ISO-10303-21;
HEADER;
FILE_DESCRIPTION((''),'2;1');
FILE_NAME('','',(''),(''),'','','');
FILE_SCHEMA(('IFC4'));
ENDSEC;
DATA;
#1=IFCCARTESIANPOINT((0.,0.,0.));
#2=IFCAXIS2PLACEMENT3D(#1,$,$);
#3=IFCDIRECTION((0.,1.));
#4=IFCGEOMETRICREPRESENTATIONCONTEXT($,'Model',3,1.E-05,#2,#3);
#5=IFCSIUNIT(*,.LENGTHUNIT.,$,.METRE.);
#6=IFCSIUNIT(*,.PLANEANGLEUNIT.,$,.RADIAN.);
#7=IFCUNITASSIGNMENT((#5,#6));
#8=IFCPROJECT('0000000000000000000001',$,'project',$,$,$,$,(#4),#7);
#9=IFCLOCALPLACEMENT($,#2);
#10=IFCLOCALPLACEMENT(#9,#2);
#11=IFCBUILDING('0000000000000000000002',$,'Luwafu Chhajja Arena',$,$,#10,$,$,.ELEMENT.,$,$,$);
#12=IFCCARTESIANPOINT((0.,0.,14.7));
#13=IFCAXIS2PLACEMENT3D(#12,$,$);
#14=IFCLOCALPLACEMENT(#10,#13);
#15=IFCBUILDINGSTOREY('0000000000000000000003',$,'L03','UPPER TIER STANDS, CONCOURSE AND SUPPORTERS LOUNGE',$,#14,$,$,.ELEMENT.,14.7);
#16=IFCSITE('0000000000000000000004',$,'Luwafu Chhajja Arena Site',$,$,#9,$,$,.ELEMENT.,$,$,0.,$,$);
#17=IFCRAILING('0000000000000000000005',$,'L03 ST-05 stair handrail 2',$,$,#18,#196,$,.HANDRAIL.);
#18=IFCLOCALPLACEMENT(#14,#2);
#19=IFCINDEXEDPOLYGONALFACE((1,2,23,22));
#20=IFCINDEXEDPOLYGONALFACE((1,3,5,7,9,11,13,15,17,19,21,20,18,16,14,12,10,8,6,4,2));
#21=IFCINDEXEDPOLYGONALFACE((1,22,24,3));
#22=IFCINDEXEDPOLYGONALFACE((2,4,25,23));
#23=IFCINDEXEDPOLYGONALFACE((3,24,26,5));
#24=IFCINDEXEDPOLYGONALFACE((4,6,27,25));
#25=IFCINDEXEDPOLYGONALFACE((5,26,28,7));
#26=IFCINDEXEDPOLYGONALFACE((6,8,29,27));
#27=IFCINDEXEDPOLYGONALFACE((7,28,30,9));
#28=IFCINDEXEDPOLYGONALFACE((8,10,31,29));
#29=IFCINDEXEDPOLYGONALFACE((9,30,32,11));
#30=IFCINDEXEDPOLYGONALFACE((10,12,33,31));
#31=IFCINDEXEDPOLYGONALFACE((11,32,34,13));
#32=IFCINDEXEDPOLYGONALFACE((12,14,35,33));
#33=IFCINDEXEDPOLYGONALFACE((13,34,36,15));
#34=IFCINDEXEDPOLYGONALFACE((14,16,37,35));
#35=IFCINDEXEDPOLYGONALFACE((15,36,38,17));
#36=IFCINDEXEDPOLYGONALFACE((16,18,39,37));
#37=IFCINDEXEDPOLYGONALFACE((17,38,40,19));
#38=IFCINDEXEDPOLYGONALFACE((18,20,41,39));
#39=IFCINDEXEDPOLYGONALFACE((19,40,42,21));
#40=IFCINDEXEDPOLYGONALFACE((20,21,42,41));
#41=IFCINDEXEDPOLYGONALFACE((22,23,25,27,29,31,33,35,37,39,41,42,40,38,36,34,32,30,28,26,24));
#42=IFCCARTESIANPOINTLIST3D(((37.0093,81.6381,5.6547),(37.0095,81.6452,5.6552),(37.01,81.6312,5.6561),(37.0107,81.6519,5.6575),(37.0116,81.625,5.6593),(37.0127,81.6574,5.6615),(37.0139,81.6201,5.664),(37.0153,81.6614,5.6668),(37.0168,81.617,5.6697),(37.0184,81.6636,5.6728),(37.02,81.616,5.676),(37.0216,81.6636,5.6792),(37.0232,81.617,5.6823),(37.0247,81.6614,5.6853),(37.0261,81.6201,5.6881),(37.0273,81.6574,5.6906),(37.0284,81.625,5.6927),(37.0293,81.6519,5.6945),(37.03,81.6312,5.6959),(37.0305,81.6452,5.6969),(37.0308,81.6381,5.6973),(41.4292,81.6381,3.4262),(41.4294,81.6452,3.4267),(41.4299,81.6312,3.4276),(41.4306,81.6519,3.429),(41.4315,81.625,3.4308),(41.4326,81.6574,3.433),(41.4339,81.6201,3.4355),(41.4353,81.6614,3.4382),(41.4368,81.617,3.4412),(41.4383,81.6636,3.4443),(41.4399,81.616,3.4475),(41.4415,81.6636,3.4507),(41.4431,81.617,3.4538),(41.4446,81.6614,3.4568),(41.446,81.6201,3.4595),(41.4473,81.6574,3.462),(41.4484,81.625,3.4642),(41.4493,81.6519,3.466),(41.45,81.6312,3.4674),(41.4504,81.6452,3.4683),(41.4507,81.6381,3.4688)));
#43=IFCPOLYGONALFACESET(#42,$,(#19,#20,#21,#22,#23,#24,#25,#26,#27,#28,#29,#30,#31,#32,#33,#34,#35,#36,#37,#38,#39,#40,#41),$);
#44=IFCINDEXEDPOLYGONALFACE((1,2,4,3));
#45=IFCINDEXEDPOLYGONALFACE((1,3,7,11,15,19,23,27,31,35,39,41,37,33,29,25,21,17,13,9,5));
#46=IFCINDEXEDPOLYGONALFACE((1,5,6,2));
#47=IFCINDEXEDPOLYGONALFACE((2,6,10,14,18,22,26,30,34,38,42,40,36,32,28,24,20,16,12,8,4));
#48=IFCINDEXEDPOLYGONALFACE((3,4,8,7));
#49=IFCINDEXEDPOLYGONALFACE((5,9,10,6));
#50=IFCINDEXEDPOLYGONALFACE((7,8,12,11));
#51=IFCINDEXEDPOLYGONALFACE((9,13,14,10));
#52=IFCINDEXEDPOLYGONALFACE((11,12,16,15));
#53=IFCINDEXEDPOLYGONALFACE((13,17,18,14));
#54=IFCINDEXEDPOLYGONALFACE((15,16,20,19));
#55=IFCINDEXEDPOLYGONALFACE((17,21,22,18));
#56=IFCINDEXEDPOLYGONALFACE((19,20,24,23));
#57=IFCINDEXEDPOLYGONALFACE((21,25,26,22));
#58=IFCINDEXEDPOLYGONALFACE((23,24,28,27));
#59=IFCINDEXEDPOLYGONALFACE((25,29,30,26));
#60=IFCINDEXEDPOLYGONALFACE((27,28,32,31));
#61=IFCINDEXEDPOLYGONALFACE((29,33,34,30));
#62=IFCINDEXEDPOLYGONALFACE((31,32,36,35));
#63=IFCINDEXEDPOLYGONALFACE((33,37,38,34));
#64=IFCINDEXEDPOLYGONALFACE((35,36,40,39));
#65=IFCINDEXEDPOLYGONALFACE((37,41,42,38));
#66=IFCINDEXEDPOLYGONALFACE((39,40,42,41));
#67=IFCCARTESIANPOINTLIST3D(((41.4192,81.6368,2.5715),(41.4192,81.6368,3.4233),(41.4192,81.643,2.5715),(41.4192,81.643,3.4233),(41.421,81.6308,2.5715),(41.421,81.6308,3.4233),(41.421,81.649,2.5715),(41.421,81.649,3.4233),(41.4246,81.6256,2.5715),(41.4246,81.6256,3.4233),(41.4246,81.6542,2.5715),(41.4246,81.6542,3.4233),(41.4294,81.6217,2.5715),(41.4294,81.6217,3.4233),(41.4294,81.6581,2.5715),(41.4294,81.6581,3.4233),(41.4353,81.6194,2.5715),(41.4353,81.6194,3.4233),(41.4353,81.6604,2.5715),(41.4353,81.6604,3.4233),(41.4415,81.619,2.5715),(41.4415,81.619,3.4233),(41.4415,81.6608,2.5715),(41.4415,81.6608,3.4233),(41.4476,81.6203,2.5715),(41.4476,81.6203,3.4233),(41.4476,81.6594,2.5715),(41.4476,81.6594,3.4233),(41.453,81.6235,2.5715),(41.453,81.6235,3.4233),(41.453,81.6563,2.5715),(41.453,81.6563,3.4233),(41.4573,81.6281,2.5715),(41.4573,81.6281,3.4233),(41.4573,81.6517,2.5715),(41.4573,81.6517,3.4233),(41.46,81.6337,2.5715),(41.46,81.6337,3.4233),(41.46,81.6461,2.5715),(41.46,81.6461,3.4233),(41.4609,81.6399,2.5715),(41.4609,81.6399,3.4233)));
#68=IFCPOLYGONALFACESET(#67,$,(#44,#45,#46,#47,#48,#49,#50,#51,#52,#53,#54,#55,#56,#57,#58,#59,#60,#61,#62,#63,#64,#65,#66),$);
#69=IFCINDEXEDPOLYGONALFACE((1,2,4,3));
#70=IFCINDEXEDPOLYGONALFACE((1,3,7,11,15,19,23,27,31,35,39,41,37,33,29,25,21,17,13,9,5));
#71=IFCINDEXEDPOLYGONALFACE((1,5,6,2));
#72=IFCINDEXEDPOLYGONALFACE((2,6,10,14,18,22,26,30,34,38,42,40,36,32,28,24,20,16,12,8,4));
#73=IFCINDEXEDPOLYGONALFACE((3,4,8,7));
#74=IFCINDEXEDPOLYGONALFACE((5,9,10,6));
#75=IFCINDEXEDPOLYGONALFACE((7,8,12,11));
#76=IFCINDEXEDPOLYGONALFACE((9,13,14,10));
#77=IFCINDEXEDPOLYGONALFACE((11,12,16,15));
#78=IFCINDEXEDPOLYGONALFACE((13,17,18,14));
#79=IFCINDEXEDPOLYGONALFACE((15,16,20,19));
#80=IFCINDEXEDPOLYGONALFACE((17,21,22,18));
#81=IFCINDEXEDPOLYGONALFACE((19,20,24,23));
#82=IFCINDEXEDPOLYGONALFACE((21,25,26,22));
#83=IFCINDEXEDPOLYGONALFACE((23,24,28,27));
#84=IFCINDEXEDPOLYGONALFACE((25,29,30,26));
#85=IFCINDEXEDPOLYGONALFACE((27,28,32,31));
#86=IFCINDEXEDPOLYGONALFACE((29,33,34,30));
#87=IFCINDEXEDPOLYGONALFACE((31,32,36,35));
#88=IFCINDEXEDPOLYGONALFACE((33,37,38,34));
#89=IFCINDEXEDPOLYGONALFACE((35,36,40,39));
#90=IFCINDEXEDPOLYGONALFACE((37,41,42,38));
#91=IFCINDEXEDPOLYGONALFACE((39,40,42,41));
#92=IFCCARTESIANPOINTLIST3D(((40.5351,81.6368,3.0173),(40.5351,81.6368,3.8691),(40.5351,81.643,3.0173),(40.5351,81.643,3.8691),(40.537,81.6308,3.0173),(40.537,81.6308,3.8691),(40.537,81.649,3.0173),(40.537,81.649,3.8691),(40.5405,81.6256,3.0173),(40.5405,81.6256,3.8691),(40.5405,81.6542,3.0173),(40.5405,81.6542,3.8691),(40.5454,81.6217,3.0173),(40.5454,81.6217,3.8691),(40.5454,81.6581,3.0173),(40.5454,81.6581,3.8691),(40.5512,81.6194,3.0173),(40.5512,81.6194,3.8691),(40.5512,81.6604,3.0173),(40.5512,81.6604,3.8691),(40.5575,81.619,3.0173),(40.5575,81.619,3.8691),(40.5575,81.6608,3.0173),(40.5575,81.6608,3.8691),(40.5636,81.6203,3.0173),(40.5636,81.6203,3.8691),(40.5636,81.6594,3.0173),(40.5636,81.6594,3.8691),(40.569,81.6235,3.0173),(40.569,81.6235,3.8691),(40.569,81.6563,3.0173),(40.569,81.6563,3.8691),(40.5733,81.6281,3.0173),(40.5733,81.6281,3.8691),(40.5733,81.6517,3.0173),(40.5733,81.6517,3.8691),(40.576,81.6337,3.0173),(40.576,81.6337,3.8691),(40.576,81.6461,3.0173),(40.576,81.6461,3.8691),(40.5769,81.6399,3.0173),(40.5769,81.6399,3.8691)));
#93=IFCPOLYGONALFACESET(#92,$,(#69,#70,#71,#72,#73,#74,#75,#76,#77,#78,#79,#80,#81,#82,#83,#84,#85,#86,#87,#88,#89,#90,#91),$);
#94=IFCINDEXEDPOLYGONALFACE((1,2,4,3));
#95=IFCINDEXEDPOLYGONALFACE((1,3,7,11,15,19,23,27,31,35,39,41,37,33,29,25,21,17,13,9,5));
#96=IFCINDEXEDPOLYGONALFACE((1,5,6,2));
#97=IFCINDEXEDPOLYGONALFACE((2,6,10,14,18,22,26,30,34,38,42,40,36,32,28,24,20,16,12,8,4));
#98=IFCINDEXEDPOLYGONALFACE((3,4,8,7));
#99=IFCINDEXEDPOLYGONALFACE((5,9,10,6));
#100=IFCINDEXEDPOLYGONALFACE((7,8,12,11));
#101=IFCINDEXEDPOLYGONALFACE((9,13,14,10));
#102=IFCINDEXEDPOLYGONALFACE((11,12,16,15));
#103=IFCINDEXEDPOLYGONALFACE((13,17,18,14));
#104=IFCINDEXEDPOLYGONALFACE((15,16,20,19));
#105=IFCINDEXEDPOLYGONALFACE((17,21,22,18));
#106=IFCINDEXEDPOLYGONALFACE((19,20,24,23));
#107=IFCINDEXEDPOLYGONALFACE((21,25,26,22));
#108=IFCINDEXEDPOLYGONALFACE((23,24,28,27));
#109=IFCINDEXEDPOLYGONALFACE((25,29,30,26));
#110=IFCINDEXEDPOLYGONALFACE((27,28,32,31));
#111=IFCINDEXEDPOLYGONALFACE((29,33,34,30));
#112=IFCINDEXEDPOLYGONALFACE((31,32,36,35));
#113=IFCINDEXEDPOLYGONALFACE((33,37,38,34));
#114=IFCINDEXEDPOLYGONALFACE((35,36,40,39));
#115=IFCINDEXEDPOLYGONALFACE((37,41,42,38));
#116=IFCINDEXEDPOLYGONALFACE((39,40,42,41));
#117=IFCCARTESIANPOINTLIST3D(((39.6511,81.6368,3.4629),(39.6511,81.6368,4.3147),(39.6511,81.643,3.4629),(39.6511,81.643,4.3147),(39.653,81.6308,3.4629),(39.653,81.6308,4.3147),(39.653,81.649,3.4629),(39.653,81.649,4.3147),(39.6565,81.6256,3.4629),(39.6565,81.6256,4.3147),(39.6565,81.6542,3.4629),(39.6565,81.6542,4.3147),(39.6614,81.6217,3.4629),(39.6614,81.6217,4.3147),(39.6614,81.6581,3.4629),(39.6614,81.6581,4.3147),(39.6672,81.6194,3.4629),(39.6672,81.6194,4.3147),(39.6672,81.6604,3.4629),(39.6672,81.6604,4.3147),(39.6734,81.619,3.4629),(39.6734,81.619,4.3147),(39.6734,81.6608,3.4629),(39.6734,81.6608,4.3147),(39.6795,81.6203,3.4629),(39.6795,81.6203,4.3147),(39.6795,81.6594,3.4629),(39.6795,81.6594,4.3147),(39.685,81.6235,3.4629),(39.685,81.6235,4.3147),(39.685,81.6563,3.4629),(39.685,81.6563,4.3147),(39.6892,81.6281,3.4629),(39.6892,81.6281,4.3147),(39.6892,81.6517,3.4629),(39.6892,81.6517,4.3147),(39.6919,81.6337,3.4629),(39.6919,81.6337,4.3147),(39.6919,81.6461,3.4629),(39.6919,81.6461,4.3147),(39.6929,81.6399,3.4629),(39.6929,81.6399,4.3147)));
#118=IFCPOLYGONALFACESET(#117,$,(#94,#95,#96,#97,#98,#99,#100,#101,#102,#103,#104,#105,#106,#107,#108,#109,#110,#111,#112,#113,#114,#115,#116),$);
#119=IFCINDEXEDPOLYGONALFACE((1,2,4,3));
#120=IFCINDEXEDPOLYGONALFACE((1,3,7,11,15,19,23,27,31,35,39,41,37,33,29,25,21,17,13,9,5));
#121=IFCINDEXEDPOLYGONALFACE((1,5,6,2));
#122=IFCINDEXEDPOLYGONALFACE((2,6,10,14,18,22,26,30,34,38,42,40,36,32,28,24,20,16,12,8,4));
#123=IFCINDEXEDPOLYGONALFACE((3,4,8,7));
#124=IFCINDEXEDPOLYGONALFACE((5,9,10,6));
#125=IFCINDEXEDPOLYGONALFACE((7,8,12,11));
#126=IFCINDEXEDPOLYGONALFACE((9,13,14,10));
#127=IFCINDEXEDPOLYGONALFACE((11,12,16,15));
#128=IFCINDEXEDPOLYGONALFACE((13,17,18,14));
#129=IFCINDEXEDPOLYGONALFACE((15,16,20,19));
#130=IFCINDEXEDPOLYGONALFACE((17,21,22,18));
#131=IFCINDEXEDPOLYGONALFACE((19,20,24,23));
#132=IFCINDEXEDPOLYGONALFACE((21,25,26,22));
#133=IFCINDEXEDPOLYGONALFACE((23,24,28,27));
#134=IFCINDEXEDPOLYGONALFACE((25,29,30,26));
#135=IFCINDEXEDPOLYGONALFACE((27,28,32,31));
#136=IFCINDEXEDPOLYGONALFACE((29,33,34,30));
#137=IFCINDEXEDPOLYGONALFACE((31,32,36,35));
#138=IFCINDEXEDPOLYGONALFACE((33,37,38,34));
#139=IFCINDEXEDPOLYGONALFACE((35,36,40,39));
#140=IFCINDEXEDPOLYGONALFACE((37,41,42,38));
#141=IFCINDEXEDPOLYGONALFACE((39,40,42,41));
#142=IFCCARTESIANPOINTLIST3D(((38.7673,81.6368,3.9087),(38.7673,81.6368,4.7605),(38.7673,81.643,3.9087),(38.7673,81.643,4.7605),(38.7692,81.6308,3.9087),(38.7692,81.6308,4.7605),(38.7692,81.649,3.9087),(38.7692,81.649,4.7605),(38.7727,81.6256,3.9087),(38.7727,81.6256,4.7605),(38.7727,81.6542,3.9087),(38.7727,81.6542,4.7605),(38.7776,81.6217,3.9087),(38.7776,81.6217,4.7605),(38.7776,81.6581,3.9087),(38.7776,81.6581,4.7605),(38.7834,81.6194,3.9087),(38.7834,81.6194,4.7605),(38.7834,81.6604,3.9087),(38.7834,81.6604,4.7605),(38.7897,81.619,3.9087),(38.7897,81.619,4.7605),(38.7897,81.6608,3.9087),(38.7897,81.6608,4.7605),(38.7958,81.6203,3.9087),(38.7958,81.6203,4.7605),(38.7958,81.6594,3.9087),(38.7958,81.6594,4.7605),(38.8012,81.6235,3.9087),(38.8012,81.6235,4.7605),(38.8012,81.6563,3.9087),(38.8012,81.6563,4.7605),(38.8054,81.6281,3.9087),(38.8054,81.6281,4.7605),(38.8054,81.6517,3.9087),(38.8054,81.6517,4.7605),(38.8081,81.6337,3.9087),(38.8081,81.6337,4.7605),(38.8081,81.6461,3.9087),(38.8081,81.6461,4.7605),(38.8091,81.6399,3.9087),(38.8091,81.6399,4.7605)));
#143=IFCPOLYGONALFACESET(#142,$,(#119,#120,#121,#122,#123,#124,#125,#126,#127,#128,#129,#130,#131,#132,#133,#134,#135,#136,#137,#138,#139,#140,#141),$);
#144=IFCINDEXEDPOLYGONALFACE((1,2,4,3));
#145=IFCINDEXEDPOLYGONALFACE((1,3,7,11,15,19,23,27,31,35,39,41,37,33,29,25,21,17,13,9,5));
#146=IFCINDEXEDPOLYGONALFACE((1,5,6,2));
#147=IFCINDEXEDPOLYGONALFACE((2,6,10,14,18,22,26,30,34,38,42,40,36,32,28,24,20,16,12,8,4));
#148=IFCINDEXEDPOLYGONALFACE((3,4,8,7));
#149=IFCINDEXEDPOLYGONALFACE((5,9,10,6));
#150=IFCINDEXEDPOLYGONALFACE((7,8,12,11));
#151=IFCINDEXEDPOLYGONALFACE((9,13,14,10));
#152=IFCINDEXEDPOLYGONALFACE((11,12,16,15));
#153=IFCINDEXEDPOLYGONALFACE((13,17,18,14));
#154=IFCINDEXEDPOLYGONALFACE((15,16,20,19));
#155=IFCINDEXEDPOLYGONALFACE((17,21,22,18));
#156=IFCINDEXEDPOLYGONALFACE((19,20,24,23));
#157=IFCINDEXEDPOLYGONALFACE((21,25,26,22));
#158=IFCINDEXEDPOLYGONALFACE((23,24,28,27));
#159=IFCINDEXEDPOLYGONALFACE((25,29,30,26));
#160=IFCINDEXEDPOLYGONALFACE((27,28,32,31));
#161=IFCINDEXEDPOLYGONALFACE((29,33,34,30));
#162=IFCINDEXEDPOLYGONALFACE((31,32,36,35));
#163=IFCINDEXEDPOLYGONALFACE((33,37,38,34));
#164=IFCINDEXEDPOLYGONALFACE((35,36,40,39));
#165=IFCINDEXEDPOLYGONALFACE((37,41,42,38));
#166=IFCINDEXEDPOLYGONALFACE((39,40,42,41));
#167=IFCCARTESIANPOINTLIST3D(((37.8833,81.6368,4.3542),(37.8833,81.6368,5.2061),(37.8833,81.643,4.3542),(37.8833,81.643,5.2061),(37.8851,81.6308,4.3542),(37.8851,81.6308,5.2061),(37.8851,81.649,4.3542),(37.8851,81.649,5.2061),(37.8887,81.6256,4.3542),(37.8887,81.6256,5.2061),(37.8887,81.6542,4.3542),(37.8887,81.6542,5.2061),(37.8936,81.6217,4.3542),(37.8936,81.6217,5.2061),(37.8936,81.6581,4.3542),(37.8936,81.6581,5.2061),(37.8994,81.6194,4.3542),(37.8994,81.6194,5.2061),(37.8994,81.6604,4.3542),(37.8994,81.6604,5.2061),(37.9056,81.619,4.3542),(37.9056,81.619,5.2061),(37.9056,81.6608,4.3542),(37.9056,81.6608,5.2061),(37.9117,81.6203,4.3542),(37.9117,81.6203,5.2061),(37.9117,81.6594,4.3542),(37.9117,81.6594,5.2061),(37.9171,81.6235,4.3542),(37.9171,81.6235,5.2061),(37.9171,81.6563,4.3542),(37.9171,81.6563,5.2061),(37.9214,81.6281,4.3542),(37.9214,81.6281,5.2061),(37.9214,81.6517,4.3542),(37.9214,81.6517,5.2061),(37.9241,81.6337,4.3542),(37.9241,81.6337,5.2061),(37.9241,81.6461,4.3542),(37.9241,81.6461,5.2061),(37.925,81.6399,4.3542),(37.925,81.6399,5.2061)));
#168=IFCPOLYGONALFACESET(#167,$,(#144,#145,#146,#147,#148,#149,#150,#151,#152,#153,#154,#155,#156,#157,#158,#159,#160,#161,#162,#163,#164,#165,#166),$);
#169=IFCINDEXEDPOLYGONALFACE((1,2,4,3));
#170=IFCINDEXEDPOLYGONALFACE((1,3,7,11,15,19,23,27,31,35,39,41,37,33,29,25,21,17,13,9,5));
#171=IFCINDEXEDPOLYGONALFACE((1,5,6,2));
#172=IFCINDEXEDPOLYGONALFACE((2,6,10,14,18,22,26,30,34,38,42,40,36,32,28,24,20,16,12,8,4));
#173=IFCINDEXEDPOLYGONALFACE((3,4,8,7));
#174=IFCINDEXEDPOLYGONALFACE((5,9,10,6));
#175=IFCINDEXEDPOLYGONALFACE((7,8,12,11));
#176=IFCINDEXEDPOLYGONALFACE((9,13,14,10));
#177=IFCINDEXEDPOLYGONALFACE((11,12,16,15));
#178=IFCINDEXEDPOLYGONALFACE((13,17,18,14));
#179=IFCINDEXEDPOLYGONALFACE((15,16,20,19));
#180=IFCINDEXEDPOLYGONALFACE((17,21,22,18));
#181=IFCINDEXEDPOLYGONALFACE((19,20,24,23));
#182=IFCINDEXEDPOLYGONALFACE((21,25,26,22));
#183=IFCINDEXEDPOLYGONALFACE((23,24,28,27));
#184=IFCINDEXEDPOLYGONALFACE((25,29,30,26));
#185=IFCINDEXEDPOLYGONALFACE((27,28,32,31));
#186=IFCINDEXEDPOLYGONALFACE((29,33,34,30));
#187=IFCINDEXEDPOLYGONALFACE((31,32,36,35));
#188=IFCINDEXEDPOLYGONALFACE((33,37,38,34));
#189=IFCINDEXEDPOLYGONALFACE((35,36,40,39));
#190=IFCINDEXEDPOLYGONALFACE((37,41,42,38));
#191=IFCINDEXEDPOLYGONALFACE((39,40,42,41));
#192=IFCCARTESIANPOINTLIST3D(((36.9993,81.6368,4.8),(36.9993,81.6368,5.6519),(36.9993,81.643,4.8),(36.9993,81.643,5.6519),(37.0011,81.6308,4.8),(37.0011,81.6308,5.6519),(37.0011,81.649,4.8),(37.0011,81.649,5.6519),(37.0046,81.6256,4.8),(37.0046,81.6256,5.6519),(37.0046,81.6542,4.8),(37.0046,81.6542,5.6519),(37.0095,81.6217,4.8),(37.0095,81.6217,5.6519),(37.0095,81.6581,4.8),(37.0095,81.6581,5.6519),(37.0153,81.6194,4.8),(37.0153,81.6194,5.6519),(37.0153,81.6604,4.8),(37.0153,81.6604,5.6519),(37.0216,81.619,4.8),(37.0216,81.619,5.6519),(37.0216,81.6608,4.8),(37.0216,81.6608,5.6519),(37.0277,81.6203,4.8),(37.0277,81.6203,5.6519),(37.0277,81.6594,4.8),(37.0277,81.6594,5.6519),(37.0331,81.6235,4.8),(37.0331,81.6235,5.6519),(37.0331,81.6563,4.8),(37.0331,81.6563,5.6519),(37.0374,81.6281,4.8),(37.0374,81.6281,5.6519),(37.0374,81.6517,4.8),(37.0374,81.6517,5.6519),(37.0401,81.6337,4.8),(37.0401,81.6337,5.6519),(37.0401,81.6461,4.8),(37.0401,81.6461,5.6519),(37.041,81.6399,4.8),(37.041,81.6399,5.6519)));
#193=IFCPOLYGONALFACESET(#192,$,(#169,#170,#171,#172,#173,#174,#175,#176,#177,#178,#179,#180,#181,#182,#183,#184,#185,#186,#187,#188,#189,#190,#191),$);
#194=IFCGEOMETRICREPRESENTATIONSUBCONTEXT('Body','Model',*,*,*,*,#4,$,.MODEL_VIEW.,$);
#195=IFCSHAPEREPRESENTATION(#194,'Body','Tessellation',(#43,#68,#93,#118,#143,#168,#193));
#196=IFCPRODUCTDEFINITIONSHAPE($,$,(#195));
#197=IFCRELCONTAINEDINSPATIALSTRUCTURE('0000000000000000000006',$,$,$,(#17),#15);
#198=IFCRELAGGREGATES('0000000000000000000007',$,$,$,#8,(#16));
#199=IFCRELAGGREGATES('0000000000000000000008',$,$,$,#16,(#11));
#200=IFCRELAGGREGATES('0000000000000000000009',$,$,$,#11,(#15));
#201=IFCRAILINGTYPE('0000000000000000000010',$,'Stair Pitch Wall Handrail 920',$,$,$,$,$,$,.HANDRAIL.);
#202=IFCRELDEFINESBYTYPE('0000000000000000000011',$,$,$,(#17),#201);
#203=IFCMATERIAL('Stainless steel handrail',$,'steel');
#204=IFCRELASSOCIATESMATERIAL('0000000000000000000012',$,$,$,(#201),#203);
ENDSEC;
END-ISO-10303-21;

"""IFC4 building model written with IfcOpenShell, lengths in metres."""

from ifc_helpers import new_model, si_unit, direction, frame, origin, origin_2d, place, context, subcontext, project, spatial, circle, extrude, material, type_object, element, save


model = new_model("IFC4")

# Units and contexts
model_context = context("Model", 3, precision=1e-05, world=origin(), true_north=direction((0.0, 1.0)))
body_context = subcontext(model_context, "Body", "Model", "MODEL_VIEW")
ifc_project = project(units=[si_unit("LENGTHUNIT", "METRE"), si_unit("PLANEANGLEUNIT", "RADIAN")], contexts=[model_context])

# Site, building, storey
site_placement = place(None, origin())
site = spatial("IfcSite", under=ifc_project, at=site_placement, Name="Luwafu Chhajja Arena Site", CompositionType="ELEMENT", RefElevation=0.0)
building_placement = place(site_placement, origin())
building = spatial("IfcBuilding", under=site, at=building_placement, Name="Luwafu Chhajja Arena", CompositionType="ELEMENT")
storey_placement = place(building_placement, frame((0.0, 0.0, 14.7)))
storey = spatial("IfcBuildingStorey", under=building, at=storey_placement, Name="L03", Description="UPPER TIER STANDS, CONCOURSE AND SUPPORTERS LOUNGE", CompositionType="ELEMENT", Elevation=14.7)

# Railing
ifc_material_1 = material(Name="Stainless steel handrail", Category="steel")
railing_type_1 = type_object("IfcRailingType", Name="Stair Pitch Wall Handrail 920", PredefinedType="HANDRAIL", material=ifc_material_1)
railing_1_placement = place(storey_placement, frame((41.4399, 81.6399, 2.5715)))
element("IfcRailing", 1, at=railing_1_placement, inside=storey, type_object=railing_type_1, Name="L03 ST-05 stair handrail 2", PredefinedType="HANDRAIL", context=body_context, shape_type="SweptSolid", body=[
    extrude(circle(Radius=0.0239, at=origin_2d()), frame((0.0, 0.0, 0.876), z_axis=(-0.892923, 0.0, 0.45021), x_axis=(0.0, -1.0, 0.0)), (0.0, 0.0, 1.0), 4.95),
    extrude(circle(Radius=0.021, at=origin_2d()), origin(), (0.0, 0.0, 1.0), 0.8518),
    extrude(circle(Radius=0.021, at=origin_2d()), frame((-0.884, 0.0, 0.4458)), (0.0, 0.0, 1.0), 0.8518),
    extrude(circle(Radius=0.021, at=origin_2d()), frame((-1.7681, 0.0, 0.8914)), (0.0, 0.0, 1.0), 0.8518),
    extrude(circle(Radius=0.021, at=origin_2d()), frame((-2.6519, 0.0, 1.3372)), (0.0, 0.0, 1.0), 0.8518),
    extrude(circle(Radius=0.021, at=origin_2d()), frame((-3.5359, 0.0, 1.7827)), (0.0, 0.0, 1.0), 0.8518),
    extrude(circle(Radius=0.021, at=origin_2d()), frame((-4.4199, 0.0, 2.2285)), (0.0, 0.0, 1.0), 0.8518),
])

save(model, "model.ifc")
